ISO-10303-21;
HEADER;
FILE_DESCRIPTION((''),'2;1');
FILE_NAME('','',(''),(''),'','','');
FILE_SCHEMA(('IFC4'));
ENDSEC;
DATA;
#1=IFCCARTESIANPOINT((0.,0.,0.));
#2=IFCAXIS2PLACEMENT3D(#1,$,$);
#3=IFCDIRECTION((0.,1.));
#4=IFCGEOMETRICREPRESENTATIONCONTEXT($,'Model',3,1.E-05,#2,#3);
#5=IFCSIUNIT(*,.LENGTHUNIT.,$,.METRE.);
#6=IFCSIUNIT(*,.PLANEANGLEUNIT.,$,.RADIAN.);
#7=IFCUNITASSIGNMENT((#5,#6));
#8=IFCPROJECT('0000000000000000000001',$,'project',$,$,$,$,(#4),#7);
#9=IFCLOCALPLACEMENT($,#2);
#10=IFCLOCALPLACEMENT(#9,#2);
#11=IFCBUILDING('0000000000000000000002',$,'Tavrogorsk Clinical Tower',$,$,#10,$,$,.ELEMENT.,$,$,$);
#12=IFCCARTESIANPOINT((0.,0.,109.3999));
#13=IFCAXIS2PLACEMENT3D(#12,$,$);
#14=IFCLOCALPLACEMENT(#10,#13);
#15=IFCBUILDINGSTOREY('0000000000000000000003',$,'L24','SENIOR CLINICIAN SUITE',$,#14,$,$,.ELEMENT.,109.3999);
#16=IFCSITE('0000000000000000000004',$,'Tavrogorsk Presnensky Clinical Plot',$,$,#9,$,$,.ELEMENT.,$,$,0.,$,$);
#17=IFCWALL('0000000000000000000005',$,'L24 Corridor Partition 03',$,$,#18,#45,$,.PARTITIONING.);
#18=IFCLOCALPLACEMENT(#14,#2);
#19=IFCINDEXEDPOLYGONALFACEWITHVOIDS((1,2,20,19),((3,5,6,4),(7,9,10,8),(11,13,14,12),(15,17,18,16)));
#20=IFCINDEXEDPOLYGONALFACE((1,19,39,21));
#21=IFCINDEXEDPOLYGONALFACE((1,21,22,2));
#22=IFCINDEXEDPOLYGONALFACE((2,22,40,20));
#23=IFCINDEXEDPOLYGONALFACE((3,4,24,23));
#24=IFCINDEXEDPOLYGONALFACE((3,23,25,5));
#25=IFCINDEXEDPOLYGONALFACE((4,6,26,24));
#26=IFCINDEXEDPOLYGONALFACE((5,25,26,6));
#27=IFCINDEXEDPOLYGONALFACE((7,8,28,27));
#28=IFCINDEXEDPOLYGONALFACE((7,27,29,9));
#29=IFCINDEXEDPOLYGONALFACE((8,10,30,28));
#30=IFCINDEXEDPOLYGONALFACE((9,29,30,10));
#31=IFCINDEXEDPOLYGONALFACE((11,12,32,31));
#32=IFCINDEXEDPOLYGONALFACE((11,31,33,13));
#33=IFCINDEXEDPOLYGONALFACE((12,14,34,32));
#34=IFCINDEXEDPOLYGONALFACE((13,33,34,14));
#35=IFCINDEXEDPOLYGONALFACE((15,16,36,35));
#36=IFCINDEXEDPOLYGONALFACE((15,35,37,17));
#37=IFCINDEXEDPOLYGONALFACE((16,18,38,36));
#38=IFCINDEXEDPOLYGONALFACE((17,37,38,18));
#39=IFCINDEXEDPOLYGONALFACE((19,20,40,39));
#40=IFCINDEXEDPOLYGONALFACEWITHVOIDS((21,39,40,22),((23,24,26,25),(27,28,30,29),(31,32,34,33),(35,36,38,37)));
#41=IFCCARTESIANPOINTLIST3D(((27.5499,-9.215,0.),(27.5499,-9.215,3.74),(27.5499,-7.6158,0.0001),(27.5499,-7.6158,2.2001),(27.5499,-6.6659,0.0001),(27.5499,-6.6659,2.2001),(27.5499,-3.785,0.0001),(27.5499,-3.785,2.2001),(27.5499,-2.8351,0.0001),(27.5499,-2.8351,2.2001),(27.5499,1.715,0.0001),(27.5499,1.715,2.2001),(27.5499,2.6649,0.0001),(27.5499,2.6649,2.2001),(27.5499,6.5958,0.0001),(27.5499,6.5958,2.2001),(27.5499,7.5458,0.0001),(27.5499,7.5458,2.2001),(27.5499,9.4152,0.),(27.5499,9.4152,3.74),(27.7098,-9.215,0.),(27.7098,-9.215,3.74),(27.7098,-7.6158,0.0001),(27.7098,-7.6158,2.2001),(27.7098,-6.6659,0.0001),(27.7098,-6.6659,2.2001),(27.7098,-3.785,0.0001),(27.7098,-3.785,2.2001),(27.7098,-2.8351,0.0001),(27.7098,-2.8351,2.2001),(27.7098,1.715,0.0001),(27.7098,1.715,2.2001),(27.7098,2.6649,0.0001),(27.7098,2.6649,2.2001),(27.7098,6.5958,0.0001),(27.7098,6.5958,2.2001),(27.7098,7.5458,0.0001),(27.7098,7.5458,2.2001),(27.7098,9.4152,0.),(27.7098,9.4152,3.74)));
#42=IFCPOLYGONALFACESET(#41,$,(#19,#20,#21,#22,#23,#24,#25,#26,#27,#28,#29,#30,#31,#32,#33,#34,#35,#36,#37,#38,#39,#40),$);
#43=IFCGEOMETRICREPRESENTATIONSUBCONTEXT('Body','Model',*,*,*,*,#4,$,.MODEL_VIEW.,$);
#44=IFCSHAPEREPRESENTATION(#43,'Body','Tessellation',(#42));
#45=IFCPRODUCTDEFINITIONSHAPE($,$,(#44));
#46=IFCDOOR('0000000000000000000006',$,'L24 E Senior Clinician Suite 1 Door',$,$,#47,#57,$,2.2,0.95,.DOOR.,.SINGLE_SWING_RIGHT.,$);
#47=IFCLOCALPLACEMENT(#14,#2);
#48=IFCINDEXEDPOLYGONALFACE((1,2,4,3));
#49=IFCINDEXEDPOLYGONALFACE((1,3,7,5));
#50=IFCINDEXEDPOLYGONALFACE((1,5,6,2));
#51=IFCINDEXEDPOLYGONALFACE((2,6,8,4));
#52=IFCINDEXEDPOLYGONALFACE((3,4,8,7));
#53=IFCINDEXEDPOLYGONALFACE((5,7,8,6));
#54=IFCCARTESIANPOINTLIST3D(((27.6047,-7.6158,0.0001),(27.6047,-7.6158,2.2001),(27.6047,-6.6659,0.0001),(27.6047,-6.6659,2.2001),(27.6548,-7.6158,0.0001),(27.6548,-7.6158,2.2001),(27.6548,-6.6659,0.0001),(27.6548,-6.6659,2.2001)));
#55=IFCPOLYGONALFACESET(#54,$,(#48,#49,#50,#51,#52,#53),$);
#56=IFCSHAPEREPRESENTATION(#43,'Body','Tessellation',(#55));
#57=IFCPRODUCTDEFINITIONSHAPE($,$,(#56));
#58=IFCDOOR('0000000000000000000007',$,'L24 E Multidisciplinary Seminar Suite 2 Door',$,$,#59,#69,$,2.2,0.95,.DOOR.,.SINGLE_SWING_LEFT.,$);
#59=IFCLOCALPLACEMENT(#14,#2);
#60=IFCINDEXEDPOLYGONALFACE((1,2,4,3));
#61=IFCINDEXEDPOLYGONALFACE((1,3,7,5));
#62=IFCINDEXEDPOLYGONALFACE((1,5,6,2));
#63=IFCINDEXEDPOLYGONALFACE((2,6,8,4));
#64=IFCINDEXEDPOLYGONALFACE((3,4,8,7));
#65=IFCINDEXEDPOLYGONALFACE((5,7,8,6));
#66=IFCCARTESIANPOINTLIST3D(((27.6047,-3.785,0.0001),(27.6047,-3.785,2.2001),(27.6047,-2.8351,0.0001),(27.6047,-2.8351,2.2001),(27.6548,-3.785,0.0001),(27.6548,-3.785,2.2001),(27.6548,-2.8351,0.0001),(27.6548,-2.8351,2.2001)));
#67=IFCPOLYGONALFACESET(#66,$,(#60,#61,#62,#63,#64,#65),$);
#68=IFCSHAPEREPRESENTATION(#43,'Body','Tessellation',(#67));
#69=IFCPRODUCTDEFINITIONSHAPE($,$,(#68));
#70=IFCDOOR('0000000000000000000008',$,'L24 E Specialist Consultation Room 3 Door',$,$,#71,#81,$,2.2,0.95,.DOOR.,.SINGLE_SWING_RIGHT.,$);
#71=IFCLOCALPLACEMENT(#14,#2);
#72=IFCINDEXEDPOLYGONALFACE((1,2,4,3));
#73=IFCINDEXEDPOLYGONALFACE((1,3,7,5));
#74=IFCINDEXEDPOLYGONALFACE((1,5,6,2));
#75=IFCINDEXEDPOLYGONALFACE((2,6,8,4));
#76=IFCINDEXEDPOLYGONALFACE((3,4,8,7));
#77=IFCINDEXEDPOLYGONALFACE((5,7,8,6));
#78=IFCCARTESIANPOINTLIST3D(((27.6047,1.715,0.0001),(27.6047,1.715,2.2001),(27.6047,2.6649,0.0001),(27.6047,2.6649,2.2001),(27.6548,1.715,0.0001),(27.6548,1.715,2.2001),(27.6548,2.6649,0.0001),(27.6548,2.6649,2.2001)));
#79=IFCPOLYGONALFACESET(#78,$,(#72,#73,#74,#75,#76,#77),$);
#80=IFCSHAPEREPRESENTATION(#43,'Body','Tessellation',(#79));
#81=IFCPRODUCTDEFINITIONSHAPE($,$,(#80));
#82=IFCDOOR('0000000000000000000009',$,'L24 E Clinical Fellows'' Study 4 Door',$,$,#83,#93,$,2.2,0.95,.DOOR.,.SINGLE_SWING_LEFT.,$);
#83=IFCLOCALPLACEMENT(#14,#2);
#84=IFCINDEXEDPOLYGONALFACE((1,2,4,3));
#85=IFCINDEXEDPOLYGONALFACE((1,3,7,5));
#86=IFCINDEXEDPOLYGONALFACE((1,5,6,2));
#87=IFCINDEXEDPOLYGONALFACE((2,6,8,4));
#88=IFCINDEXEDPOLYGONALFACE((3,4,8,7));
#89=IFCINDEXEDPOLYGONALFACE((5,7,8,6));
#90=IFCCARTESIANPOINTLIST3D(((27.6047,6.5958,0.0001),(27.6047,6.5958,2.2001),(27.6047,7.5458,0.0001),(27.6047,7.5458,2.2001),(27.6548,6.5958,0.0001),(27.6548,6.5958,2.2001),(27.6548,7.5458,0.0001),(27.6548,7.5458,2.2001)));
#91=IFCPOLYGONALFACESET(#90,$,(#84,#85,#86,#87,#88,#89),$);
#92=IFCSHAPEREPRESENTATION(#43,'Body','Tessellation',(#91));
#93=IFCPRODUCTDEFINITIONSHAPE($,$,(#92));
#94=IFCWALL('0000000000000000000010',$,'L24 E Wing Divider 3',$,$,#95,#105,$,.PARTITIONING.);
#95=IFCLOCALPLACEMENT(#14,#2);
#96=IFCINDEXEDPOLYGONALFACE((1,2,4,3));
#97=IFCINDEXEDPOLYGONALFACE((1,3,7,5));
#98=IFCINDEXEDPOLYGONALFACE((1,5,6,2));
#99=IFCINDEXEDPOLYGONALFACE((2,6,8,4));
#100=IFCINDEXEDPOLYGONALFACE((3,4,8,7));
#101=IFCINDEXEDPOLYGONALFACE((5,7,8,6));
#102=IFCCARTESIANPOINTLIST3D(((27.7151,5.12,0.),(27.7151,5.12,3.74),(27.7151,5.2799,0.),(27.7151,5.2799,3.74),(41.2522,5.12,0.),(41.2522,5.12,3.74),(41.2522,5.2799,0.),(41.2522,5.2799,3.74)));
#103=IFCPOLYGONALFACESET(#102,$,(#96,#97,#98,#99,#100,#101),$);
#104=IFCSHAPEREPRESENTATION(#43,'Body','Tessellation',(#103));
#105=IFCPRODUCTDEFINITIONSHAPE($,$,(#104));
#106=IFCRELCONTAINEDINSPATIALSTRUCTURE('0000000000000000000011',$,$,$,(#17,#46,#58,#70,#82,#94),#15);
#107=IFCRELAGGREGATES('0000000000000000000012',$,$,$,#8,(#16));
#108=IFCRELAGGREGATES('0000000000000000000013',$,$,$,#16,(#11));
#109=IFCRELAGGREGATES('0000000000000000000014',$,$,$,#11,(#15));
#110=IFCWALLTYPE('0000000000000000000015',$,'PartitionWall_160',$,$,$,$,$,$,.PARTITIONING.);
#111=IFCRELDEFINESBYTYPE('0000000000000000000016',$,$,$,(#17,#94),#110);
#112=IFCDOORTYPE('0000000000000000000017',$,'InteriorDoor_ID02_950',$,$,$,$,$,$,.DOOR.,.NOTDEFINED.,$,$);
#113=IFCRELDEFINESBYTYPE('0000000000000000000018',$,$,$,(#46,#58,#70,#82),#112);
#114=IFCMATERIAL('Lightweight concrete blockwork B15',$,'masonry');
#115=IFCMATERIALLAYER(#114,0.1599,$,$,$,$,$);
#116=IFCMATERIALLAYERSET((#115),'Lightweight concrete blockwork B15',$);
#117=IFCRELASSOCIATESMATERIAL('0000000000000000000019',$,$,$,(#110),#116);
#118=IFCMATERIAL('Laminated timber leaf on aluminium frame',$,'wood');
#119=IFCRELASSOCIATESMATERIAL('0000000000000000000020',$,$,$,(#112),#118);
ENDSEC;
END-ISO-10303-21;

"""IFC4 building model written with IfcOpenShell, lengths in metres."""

from ifc_helpers import new_model, si_unit, direction, frame, frame_2d, origin, place, context, subcontext, project, spatial, rectangle, extrude, material, layer, layer_set, type_object, element, fill, save


model = new_model("IFC4")

# Units and contexts
model_context = context("Model", 3, precision=1e-05, world=origin(), true_north=direction((0.0, 1.0)))
body_context = subcontext(model_context, "Body", "Model", "MODEL_VIEW")
ifc_project = project(units=[si_unit("LENGTHUNIT", "METRE"), si_unit("PLANEANGLEUNIT", "RADIAN")], contexts=[model_context])

# Site, building, storey
site_placement = place(None, origin())
site = spatial("IfcSite", under=ifc_project, at=site_placement, Name="Tavrogorsk Presnensky Clinical Plot", CompositionType="ELEMENT", RefElevation=0.0)
building_placement = place(site_placement, origin())
building = spatial("IfcBuilding", under=site, at=building_placement, Name="Tavrogorsk Clinical Tower", CompositionType="ELEMENT")
storey_placement = place(building_placement, frame((0.0, 0.0, 109.3999)))
storey = spatial("IfcBuildingStorey", under=building, at=storey_placement, Name="L24", Description="SENIOR CLINICIAN SUITE", CompositionType="ELEMENT", Elevation=109.3999)

# Shared definitions
ifc_material_1 = material(Name="Lightweight concrete blockwork B15", Category="masonry")
ifc_layer_1 = layer(ifc_material_1, 0.1599)
ifc_layer_set_1 = layer_set([ifc_layer_1], Name="Lightweight concrete blockwork B15")
wall_type_1 = type_object("IfcWallType", Name="PartitionWall_160", PredefinedType="PARTITIONING", material=ifc_layer_set_1)

# Wall, openings, doors
wall_1_placement = place(storey_placement, frame((27.6299, 9.415, 0.0), z_axis=(0.0, 0.0, 1.0), x_axis=(0.0, -1.0, 0.0)))
wall_1 = element("IfcWall", 1, at=wall_1_placement, inside=storey, type_object=wall_type_1, Name="L24 Corridor Partition 03", PredefinedType="PARTITIONING", context=body_context, shape_type="SweptSolid", body=[
    extrude(rectangle(XDim=18.6301, YDim=0.1599, at=frame_2d((9.3149, 0.0))), origin(), (0.0, 0.0, 1.0), 3.74),
])
opening_1_placement = place(wall_1_placement, frame((16.0808, 0.0, 0.0)))
opening_1 = element("IfcOpeningElement", 2, at=opening_1_placement, cuts=wall_1, PredefinedType="OPENING", context=body_context, shape_type="SweptSolid", body=[
    extrude(rectangle(XDim=0.95, YDim=2.2, at=frame_2d((0.4751, 1.1001))), frame((0.0, 0.0898, 0.0), z_axis=(0.0, -1.0, 0.0), x_axis=(1.0, 0.0, 0.0)), (0.0, 0.0, 1.0), 0.1799),
])
opening_2_placement = place(wall_1_placement, frame((12.25, 0.0, 0.0)))
opening_2 = element("IfcOpeningElement", 3, at=opening_2_placement, cuts=wall_1, PredefinedType="OPENING", context=body_context, shape_type="SweptSolid", body=[
    extrude(rectangle(XDim=0.95, YDim=2.2, at=frame_2d((0.4751, 1.1001))), frame((0.0, 0.0898, 0.0), z_axis=(0.0, -1.0, 0.0), x_axis=(1.0, 0.0, 0.0)), (0.0, 0.0, 1.0), 0.1799),
])
opening_3_placement = place(wall_1_placement, frame((6.75, 0.0, 0.0)))
opening_3 = element("IfcOpeningElement", 4, at=opening_3_placement, cuts=wall_1, PredefinedType="OPENING", context=body_context, shape_type="SweptSolid", body=[
    extrude(rectangle(XDim=0.95, YDim=2.2, at=frame_2d((0.4751, 1.1001))), frame((0.0, 0.0898, 0.0), z_axis=(0.0, -1.0, 0.0), x_axis=(1.0, 0.0, 0.0)), (0.0, 0.0, 1.0), 0.1799),
])
opening_4_placement = place(wall_1_placement, frame((1.8691, 0.0, 0.0)))
opening_4 = element("IfcOpeningElement", 5, at=opening_4_placement, cuts=wall_1, PredefinedType="OPENING", context=body_context, shape_type="SweptSolid", body=[
    extrude(rectangle(XDim=0.95, YDim=2.2, at=frame_2d((0.4751, 1.1001))), frame((0.0, 0.0898, 0.0), z_axis=(0.0, -1.0, 0.0), x_axis=(1.0, 0.0, 0.0)), (0.0, 0.0, 1.0), 0.1799),
])
ifc_material_2 = material(Name="Laminated timber leaf on aluminium frame", Category="wood")
door_type = type_object("IfcDoorType", Name="InteriorDoor_ID02_950", OperationType="NOTDEFINED", PredefinedType="DOOR", material=ifc_material_2)
door_1_placement = place(opening_1_placement, origin())
door_1 = element("IfcDoor", 6, at=door_1_placement, inside=storey, type_object=door_type, Name="L24 E Senior Clinician Suite 1 Door", OperationType="SINGLE_SWING_RIGHT", OverallHeight=2.2, OverallWidth=0.95, PredefinedType="DOOR", context=body_context, shape_type="SweptSolid", body=[
    extrude(rectangle(XDim=0.95, YDim=2.2, at=frame_2d((0.4751, 1.1001))), frame((0.0, 0.0249, 0.0), z_axis=(0.0, -1.0, 0.0), x_axis=(1.0, 0.0, 0.0)), (0.0, 0.0, 1.0), 0.05),
])
fill(opening_1, door_1)
door_2_placement = place(opening_2_placement, origin())
door_2 = element("IfcDoor", 7, at=door_2_placement, inside=storey, type_object=door_type, Name="L24 E Multidisciplinary Seminar Suite 2 Door", OperationType="SINGLE_SWING_LEFT", OverallHeight=2.2, OverallWidth=0.95, PredefinedType="DOOR", context=body_context, shape_type="SweptSolid", body=[
    extrude(rectangle(XDim=0.95, YDim=2.2, at=frame_2d((0.4751, 1.1001))), frame((0.0, 0.0249, 0.0), z_axis=(0.0, -1.0, 0.0), x_axis=(1.0, 0.0, 0.0)), (0.0, 0.0, 1.0), 0.05),
])
fill(opening_2, door_2)
door_3_placement = place(opening_3_placement, origin())
door_3 = element("IfcDoor", 8, at=door_3_placement, inside=storey, type_object=door_type, Name="L24 E Specialist Consultation Room 3 Door", OperationType="SINGLE_SWING_RIGHT", OverallHeight=2.2, OverallWidth=0.95, PredefinedType="DOOR", context=body_context, shape_type="SweptSolid", body=[
    extrude(rectangle(XDim=0.95, YDim=2.2, at=frame_2d((0.4751, 1.1001))), frame((0.0, 0.0249, 0.0), z_axis=(0.0, -1.0, 0.0), x_axis=(1.0, 0.0, 0.0)), (0.0, 0.0, 1.0), 0.05),
])
fill(opening_3, door_3)
door_4_placement = place(opening_4_placement, origin())
door_4 = element("IfcDoor", 9, at=door_4_placement, inside=storey, type_object=door_type, Name="L24 E Clinical Fellows' Study 4 Door", OperationType="SINGLE_SWING_LEFT", OverallHeight=2.2, OverallWidth=0.95, PredefinedType="DOOR", context=body_context, shape_type="SweptSolid", body=[
    extrude(rectangle(XDim=0.95, YDim=2.2, at=frame_2d((0.4751, 1.1001))), frame((0.0, 0.0249, 0.0), z_axis=(0.0, -1.0, 0.0), x_axis=(1.0, 0.0, 0.0)), (0.0, 0.0, 1.0), 0.05),
])
fill(opening_4, door_4)

# Wall
wall_2_placement = place(storey_placement, frame((27.7151, 5.2, 0.0), z_axis=(0.0, 0.0, 1.0), x_axis=(1.0, 0.0, 0.0)))
element("IfcWall", 10, at=wall_2_placement, inside=storey, type_object=wall_type_1, Name="L24 E Wing Divider 3", PredefinedType="PARTITIONING", context=body_context, shape_type="SweptSolid", body=[
    extrude(rectangle(XDim=13.5371, YDim=0.1599, at=frame_2d((6.7686, 0.0))), origin(), (0.0, 0.0, 1.0), 3.74),
])

save(model, "model.ifc")
